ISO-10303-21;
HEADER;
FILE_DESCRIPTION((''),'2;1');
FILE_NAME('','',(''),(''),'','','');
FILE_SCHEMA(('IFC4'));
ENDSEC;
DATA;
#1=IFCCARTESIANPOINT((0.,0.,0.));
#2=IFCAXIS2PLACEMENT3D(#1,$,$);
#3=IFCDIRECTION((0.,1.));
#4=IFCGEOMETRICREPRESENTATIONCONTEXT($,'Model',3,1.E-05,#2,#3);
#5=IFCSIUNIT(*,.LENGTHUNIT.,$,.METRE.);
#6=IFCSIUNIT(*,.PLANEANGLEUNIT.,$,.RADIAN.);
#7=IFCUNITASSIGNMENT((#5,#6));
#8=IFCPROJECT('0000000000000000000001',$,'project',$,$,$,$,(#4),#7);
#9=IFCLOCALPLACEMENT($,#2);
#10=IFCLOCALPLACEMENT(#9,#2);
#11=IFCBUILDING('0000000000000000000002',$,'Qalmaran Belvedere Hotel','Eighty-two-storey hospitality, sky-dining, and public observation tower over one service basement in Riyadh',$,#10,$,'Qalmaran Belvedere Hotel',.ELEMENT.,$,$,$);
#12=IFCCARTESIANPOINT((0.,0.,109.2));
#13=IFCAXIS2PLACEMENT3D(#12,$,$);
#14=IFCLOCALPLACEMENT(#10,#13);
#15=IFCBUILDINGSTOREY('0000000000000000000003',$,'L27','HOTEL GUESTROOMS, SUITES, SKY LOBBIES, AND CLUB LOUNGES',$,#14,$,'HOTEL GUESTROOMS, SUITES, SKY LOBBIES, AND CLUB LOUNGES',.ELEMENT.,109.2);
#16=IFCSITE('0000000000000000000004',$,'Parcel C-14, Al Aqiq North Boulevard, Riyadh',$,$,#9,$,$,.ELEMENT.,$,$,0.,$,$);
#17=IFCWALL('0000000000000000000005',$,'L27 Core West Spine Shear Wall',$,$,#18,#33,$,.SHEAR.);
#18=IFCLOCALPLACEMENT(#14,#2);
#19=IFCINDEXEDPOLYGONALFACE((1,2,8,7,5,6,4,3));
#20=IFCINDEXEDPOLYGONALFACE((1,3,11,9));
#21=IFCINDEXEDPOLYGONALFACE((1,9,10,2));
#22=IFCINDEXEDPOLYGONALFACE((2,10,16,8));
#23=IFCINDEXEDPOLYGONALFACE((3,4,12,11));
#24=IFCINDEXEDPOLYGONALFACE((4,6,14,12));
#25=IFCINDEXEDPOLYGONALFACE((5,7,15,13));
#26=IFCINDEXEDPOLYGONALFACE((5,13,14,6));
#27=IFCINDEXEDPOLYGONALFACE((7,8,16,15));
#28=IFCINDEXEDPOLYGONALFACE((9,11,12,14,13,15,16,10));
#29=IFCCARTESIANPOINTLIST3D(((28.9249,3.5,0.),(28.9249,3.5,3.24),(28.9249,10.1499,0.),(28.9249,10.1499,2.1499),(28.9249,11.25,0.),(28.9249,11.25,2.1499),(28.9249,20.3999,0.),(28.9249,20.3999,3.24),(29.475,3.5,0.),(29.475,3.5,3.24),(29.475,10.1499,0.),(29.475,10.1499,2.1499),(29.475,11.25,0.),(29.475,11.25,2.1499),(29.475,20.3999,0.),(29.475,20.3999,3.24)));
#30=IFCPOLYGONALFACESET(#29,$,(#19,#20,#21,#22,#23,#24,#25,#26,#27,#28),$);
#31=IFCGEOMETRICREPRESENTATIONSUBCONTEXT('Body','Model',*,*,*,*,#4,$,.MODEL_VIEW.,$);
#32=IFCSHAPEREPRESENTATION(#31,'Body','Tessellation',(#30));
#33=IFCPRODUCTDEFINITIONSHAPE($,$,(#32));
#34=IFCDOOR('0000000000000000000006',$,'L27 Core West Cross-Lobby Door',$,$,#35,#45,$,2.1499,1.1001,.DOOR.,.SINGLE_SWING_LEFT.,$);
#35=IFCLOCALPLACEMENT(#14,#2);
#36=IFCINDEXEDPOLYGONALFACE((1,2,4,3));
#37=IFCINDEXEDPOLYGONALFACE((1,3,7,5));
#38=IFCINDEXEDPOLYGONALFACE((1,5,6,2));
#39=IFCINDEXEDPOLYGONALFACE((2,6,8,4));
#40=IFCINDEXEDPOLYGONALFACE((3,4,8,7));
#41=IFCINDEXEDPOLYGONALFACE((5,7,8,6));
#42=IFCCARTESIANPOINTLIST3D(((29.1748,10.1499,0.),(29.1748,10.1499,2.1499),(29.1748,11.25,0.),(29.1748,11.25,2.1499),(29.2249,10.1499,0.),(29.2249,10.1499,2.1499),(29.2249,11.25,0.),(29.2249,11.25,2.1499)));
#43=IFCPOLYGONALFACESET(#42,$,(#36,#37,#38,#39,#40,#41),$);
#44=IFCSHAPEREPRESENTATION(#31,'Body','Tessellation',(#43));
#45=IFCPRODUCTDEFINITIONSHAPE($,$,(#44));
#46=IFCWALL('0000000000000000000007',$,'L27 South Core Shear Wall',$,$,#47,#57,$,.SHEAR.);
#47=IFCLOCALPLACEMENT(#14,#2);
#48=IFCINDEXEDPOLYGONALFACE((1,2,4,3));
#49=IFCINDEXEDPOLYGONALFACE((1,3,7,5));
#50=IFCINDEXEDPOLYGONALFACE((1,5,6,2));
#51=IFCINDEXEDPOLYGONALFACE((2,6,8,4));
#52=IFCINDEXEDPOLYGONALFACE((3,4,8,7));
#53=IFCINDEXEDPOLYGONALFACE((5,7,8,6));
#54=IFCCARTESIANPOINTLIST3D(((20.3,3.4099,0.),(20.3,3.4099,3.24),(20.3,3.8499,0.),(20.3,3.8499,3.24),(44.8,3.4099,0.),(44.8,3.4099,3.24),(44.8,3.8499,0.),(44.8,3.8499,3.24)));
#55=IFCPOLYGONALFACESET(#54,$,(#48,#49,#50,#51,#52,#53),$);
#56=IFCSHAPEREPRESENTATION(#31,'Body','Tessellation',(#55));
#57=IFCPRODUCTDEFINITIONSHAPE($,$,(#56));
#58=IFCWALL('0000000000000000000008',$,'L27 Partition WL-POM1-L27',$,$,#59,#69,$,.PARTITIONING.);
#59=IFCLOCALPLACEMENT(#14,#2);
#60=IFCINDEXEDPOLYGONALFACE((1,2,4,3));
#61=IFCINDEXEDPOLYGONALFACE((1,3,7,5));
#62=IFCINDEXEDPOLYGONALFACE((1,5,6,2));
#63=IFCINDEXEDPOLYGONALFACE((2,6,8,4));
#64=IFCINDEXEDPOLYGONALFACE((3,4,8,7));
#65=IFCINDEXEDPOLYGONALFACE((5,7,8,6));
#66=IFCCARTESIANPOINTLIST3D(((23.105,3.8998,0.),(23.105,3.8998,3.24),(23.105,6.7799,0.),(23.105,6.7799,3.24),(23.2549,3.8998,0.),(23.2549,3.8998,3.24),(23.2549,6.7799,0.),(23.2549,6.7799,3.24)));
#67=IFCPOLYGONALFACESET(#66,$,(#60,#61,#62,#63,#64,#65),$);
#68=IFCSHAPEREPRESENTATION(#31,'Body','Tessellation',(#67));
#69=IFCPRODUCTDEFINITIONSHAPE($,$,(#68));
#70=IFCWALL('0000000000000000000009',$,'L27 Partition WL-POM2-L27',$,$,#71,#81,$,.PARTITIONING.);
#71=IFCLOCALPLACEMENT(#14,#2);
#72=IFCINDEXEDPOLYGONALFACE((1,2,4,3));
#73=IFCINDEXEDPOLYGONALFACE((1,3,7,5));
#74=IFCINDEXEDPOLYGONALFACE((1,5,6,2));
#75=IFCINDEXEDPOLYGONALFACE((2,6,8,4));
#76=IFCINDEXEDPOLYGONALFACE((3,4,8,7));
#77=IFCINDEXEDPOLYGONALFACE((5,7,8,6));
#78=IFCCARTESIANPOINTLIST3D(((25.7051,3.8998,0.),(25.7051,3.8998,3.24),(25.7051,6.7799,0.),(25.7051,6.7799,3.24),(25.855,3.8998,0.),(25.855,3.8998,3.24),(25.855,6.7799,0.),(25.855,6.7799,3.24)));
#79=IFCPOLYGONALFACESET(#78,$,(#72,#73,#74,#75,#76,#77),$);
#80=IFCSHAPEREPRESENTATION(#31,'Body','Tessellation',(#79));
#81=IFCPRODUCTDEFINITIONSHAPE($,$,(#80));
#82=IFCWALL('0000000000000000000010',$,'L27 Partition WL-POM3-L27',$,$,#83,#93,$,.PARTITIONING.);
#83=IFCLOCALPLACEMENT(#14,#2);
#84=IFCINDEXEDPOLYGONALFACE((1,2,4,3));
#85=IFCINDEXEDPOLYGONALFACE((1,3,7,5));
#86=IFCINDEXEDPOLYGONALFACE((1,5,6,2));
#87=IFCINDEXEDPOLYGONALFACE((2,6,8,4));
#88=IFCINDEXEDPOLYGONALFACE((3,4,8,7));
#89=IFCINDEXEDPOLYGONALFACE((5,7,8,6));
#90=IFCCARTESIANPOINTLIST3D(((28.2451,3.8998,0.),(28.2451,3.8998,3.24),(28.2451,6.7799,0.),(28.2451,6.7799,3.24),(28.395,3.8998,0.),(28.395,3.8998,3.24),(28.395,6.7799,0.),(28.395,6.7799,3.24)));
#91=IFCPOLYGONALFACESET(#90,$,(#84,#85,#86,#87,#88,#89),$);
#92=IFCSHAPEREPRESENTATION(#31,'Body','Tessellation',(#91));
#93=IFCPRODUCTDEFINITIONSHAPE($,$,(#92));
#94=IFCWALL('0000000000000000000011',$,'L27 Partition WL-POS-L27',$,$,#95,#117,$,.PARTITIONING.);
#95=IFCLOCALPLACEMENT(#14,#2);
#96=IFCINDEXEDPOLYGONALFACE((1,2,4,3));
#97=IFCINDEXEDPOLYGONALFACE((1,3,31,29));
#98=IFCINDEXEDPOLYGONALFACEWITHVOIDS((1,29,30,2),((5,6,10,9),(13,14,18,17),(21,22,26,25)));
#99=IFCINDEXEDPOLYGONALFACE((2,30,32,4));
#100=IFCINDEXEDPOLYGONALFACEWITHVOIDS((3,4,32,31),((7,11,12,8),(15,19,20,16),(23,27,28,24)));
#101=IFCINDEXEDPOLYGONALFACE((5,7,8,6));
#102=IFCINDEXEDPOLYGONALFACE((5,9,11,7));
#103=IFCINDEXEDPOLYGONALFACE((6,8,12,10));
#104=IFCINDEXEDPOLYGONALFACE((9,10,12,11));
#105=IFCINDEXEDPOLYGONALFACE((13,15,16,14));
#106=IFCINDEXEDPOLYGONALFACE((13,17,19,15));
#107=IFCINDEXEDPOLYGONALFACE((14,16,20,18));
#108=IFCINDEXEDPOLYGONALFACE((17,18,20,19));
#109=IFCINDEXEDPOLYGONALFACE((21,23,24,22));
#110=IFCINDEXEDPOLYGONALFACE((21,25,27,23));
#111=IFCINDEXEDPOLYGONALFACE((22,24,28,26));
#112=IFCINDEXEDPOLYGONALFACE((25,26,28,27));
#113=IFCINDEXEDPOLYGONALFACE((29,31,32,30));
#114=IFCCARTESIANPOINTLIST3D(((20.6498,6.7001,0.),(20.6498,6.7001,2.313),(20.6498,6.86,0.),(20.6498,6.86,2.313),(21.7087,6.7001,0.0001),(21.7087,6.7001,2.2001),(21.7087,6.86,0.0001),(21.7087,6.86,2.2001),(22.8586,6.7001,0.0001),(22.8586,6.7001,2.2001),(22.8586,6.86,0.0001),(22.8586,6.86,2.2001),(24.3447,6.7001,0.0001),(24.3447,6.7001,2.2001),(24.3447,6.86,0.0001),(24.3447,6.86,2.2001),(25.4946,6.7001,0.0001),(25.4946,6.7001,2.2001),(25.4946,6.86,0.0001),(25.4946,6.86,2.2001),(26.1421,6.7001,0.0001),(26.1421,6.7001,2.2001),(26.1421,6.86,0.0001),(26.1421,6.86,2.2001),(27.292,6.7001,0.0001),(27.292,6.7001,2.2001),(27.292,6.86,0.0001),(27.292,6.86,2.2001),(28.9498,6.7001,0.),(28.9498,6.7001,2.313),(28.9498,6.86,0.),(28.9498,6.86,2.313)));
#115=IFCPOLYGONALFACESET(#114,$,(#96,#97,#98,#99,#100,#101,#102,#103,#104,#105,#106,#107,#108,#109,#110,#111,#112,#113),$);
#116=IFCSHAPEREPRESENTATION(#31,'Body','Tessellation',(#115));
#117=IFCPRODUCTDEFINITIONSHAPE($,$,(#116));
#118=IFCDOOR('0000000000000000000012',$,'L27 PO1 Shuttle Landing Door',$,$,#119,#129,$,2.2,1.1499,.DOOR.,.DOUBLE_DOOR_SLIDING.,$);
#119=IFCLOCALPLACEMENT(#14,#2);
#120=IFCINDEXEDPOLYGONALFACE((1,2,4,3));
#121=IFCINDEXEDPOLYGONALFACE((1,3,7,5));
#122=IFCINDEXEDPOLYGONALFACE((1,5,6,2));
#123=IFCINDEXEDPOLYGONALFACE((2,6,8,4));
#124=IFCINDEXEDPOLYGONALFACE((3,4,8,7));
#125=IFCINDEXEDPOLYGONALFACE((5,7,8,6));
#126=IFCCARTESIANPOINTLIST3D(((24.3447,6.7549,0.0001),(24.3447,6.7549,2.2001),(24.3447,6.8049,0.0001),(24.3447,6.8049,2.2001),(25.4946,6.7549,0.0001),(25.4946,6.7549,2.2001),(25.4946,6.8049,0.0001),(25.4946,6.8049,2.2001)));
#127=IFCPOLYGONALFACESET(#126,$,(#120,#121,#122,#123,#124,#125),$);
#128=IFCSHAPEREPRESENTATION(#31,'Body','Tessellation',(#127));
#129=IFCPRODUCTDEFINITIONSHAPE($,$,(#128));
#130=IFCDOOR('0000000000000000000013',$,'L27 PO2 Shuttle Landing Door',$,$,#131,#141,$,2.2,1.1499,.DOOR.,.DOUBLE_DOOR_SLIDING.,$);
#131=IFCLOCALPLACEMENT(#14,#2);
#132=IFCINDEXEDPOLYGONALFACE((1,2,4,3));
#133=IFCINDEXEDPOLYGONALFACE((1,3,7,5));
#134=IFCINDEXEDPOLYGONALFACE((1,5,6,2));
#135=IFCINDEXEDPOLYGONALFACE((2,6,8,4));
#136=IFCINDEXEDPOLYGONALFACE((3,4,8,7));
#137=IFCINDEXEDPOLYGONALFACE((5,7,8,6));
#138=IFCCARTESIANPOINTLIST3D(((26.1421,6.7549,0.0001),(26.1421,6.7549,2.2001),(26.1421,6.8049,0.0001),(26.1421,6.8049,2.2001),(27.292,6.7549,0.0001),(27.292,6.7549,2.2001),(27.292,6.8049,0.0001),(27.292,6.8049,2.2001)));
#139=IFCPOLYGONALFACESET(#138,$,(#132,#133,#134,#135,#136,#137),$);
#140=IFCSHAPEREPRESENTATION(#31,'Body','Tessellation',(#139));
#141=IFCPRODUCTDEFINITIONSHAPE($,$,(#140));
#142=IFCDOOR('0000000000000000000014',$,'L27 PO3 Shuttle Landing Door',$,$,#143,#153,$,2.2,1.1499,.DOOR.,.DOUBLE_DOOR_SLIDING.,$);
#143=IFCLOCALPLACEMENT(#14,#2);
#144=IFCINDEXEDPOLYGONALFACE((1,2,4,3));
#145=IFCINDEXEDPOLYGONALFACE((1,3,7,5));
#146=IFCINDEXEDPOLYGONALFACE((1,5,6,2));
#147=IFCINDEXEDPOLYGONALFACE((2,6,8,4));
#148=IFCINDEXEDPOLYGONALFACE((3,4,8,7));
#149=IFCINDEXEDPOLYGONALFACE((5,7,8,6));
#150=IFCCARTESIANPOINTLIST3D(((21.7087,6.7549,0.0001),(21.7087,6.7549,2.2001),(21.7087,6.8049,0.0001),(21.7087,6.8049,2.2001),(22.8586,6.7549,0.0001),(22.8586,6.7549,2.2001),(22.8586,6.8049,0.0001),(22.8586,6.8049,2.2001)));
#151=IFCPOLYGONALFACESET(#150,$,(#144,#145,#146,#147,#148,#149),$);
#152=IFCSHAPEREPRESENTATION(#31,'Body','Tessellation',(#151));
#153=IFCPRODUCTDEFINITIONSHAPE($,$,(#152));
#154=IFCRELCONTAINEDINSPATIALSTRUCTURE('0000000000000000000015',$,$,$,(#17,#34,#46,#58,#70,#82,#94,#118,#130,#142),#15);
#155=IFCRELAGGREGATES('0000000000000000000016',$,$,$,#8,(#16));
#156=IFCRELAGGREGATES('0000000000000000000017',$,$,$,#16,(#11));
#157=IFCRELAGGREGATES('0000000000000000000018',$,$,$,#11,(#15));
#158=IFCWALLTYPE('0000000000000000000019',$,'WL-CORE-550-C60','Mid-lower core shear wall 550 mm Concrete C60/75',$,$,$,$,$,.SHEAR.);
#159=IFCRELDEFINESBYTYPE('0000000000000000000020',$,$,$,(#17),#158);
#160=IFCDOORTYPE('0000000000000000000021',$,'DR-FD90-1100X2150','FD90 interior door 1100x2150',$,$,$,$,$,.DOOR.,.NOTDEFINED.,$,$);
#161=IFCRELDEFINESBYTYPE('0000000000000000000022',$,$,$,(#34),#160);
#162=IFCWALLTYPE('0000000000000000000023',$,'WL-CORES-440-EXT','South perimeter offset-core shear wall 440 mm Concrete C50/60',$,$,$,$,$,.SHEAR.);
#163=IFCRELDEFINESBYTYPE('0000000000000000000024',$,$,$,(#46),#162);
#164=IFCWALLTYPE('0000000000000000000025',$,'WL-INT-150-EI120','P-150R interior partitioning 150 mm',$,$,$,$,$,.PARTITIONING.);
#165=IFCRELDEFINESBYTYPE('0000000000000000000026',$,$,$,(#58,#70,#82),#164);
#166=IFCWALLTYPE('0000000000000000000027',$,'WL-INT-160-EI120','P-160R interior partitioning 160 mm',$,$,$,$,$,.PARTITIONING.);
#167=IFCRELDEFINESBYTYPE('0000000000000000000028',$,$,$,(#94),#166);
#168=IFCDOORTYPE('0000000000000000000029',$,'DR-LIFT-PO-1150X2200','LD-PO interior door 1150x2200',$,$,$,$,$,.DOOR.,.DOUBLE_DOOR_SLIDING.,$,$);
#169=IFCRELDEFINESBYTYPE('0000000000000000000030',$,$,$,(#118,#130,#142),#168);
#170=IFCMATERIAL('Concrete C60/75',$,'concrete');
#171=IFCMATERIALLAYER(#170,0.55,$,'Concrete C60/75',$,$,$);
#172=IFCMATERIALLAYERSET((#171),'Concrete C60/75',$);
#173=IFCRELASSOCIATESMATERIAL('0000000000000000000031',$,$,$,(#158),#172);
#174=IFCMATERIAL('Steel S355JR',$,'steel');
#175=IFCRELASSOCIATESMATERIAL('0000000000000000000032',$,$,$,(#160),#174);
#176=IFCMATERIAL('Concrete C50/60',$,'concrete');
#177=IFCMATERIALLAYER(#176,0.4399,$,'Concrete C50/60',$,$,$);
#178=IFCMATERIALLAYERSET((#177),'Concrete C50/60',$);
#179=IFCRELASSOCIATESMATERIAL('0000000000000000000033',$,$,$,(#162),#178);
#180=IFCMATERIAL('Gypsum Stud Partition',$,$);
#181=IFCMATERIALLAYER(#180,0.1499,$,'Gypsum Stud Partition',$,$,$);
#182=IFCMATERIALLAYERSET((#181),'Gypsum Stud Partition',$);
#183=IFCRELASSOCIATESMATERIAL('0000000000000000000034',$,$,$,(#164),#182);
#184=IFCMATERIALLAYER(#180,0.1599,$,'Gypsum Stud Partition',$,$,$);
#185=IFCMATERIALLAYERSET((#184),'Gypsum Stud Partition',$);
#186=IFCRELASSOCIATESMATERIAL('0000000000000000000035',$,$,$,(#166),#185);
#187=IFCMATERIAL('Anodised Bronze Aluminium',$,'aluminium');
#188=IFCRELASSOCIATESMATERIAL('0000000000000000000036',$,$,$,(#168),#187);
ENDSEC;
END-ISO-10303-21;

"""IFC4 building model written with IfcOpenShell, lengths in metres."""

from ifc_helpers import new_model, si_unit, direction, frame, frame_2d, origin, place, context, subcontext, project, spatial, rectangle, extrude, material, layer, layer_set, type_object, element, fill, save


model = new_model("IFC4")

# Units and contexts
model_context = context("Model", 3, precision=1e-05, world=origin(), true_north=direction((0.0, 1.0)))
body_context = subcontext(model_context, "Body", "Model", "MODEL_VIEW")
ifc_project = project(units=[si_unit("LENGTHUNIT", "METRE"), si_unit("PLANEANGLEUNIT", "RADIAN")], contexts=[model_context])

# Site, building, storey
site_placement = place(None, origin())
site = spatial("IfcSite", under=ifc_project, at=site_placement, Name="Parcel C-14, Al Aqiq North Boulevard, Riyadh", CompositionType="ELEMENT", RefElevation=0.0)
building_placement = place(site_placement, origin())
building = spatial("IfcBuilding", under=site, at=building_placement, Name="Qalmaran Belvedere Hotel", Description="Eighty-two-storey hospitality, sky-dining, and public observation tower over one service basement in Riyadh", LongName="Qalmaran Belvedere Hotel", CompositionType="ELEMENT")
storey_placement = place(building_placement, frame((0.0, 0.0, 109.2)))
storey = spatial("IfcBuildingStorey", under=building, at=storey_placement, Name="L27", Description="HOTEL GUESTROOMS, SUITES, SKY LOBBIES, AND CLUB LOUNGES", LongName="HOTEL GUESTROOMS, SUITES, SKY LOBBIES, AND CLUB LOUNGES", CompositionType="ELEMENT", Elevation=109.2)

# Shared definitions
ifc_material_1 = material(Name="Concrete C60/75", Category="concrete")

# Shared definitions
ifc_material_2 = material(Name="Steel S355JR", Category="steel")

# Shared definitions
ifc_material_3 = material(Name="Anodised Bronze Aluminium", Category="aluminium")

# Shared definitions
ifc_layer_1 = layer(ifc_material_1, 0.55, Name="Concrete C60/75")
ifc_layer_set_1 = layer_set([ifc_layer_1], Name="Concrete C60/75")
wall_type_1 = type_object("IfcWallType", Name="WL-CORE-550-C60", Description="Mid-lower core shear wall 550 mm Concrete C60/75", PredefinedType="SHEAR", material=ifc_layer_set_1)

# Wall, opening, door
wall_1_placement = place(storey_placement, frame((29.2, 3.5, 0.0), z_axis=(0.0, 0.0, 1.0), x_axis=(0.0, 1.0, 0.0)))
wall_1 = element("IfcWall", 1, at=wall_1_placement, inside=storey, type_object=wall_type_1, Name="L27 Core West Spine Shear Wall", PredefinedType="SHEAR", context=body_context, shape_type="SweptSolid", body=[
    extrude(rectangle(XDim=16.8999, YDim=0.55, at=frame_2d((8.45, 0.0))), origin(), (0.0, 0.0, 1.0), 3.24),
])
opening_1_placement = place(wall_1_placement, frame((7.75, 0.0, 0.0), z_axis=(0.0, 0.0, 1.0), x_axis=(-1.0, 0.0, 0.0)))
opening_1 = element("IfcOpeningElement", 2, at=opening_1_placement, cuts=wall_1, PredefinedType="OPENING", context=body_context, shape_type="SweptSolid", body=[
    extrude(rectangle(XDim=1.1001, YDim=2.1499, at=frame_2d((0.55, 1.075))), frame((0.0, 0.2852, 0.0), z_axis=(0.0, -1.0, 0.0), x_axis=(1.0, 0.0, 0.0)), (0.0, 0.0, 1.0), 0.5701),
])
door_type_1 = type_object("IfcDoorType", Name="DR-FD90-1100X2150", Description="FD90 interior door 1100x2150", OperationType="NOTDEFINED", PredefinedType="DOOR", material=ifc_material_2)
door_1_placement = place(opening_1_placement, origin())
door_1 = element("IfcDoor", 3, at=door_1_placement, inside=storey, type_object=door_type_1, Name="L27 Core West Cross-Lobby Door", OperationType="SINGLE_SWING_LEFT", OverallHeight=2.1499, OverallWidth=1.1001, PredefinedType="DOOR", context=body_context, shape_type="SweptSolid", body=[
    extrude(rectangle(XDim=1.1001, YDim=2.1499, at=frame_2d((0.55, 1.075))), frame((0.0, 0.0249, 0.0), z_axis=(0.0, -1.0, 0.0), x_axis=(1.0, 0.0, 0.0)), (0.0, 0.0, 1.0), 0.05),
])
fill(opening_1, door_1)

# Walls
ifc_material_4 = material(Name="Concrete C50/60", Category="concrete")
ifc_layer_2 = layer(ifc_material_4, 0.4399, Name="Concrete C50/60")
ifc_layer_set_2 = layer_set([ifc_layer_2], Name="Concrete C50/60")
wall_type_2 = type_object("IfcWallType", Name="WL-CORES-440-EXT", Description="South perimeter offset-core shear wall 440 mm Concrete C50/60", PredefinedType="SHEAR", material=ifc_layer_set_2)
wall_2_placement = place(storey_placement, frame((20.3, 3.6299, 0.0), z_axis=(0.0, 0.0, 1.0), x_axis=(1.0, 0.0, 0.0)))
element("IfcWall", 4, at=wall_2_placement, inside=storey, type_object=wall_type_2, Name="L27 South Core Shear Wall", PredefinedType="SHEAR", context=body_context, shape_type="SweptSolid", body=[
    extrude(rectangle(XDim=24.5, YDim=0.4399, at=frame_2d((12.25, 0.0))), origin(), (0.0, 0.0, 1.0), 3.24),
])
ifc_material_5 = material(Name="Gypsum Stud Partition")
ifc_layer_3 = layer(ifc_material_5, 0.1499, Name="Gypsum Stud Partition")
ifc_layer_set_3 = layer_set([ifc_layer_3], Name="Gypsum Stud Partition")
wall_type_3 = type_object("IfcWallType", Name="WL-INT-150-EI120", Description="P-150R interior partitioning 150 mm", PredefinedType="PARTITIONING", material=ifc_layer_set_3)
for number, where, z_axis, x_axis, name in (
    (5, (23.1799, 3.8999, 0.0), (0.0, 0.0, 1.0), (0.0, 1.0, 0.0), "L27 Partition WL-POM1-L27"),
    (6, (25.78, 3.8999, 0.0), (0.0, 0.0, 1.0), (0.0, 1.0, 0.0), "L27 Partition WL-POM2-L27"),
    (7, (28.3201, 3.8999, 0.0), (0.0, 0.0, 1.0), (0.0, 1.0, 0.0), "L27 Partition WL-POM3-L27"),
):
    element("IfcWall", number, at=place(storey_placement, frame(where, z_axis=z_axis, x_axis=x_axis)), inside=storey, type_object=wall_type_3, Name=name, PredefinedType="PARTITIONING", context=body_context, shape_type="SweptSolid", body=[
        extrude(rectangle(XDim=2.8801, YDim=0.1499, at=frame_2d((1.4399, 0.0))), origin(), (0.0, 0.0, 1.0), 3.24),
    ])

# Wall, openings, doors
ifc_layer_4 = layer(ifc_material_5, 0.1599, Name="Gypsum Stud Partition")
ifc_layer_set_4 = layer_set([ifc_layer_4], Name="Gypsum Stud Partition")
wall_type_4 = type_object("IfcWallType", Name="WL-INT-160-EI120", Description="P-160R interior partitioning 160 mm", PredefinedType="PARTITIONING", material=ifc_layer_set_4)
wall_3_placement = place(storey_placement, frame((20.6499, 6.78, 0.0), z_axis=(0.0, 0.0, 1.0), x_axis=(1.0, 0.0, 0.0)))
wall_3 = element("IfcWall", 8, at=wall_3_placement, inside=storey, type_object=wall_type_4, Name="L27 Partition WL-POS-L27", PredefinedType="PARTITIONING", context=body_context, shape_type="SweptSolid", body=[
    extrude(rectangle(XDim=8.3, YDim=0.1599, at=frame_2d((4.1499, 0.0))), origin(), (0.0, 0.0, 1.0), 2.313),
])
opening_2_placement = place(wall_3_placement, frame((3.6948, 0.0, 0.0)))
opening_2 = element("IfcOpeningElement", 9, at=opening_2_placement, cuts=wall_3, PredefinedType="OPENING", context=body_context, shape_type="SweptSolid", body=[
    extrude(rectangle(XDim=1.1499, YDim=2.2, at=frame_2d((0.575, 1.1001))), frame((0.0, 0.0898, 0.0), z_axis=(0.0, -1.0, 0.0), x_axis=(1.0, 0.0, 0.0)), (0.0, 0.0, 1.0), 0.1799),
])
opening_3_placement = place(wall_3_placement, frame((5.4922, 0.0, 0.0)))
opening_3 = element("IfcOpeningElement", 10, at=opening_3_placement, cuts=wall_3, PredefinedType="OPENING", context=body_context, shape_type="SweptSolid", body=[
    extrude(rectangle(XDim=1.1499, YDim=2.2, at=frame_2d((0.575, 1.1001))), frame((0.0, 0.0898, 0.0), z_axis=(0.0, -1.0, 0.0), x_axis=(1.0, 0.0, 0.0)), (0.0, 0.0, 1.0), 0.1799),
])
opening_4_placement = place(wall_3_placement, frame((1.0588, 0.0, 0.0)))
opening_4 = element("IfcOpeningElement", 11, at=opening_4_placement, cuts=wall_3, PredefinedType="OPENING", context=body_context, shape_type="SweptSolid", body=[
    extrude(rectangle(XDim=1.1499, YDim=2.2, at=frame_2d((0.575, 1.1001))), frame((0.0, 0.0898, 0.0), z_axis=(0.0, -1.0, 0.0), x_axis=(1.0, 0.0, 0.0)), (0.0, 0.0, 1.0), 0.1799),
])
door_type_2 = type_object("IfcDoorType", Name="DR-LIFT-PO-1150X2200", Description="LD-PO interior door 1150x2200", OperationType="DOUBLE_DOOR_SLIDING", PredefinedType="DOOR", material=ifc_material_3)
door_2_placement = place(opening_2_placement, origin())
door_2 = element("IfcDoor", 12, at=door_2_placement, inside=storey, type_object=door_type_2, Name="L27 PO1 Shuttle Landing Door", OperationType="DOUBLE_DOOR_SLIDING", OverallHeight=2.2, OverallWidth=1.1499, PredefinedType="DOOR", context=body_context, shape_type="SweptSolid", body=[
    extrude(rectangle(XDim=1.1499, YDim=2.2, at=frame_2d((0.575, 1.1001))), frame((0.0, 0.0249, 0.0), z_axis=(0.0, -1.0, 0.0), x_axis=(1.0, 0.0, 0.0)), (0.0, 0.0, 1.0), 0.05),
])
fill(opening_2, door_2)
door_3_placement = place(opening_3_placement, origin())
door_3 = element("IfcDoor", 13, at=door_3_placement, inside=storey, type_object=door_type_2, Name="L27 PO2 Shuttle Landing Door", OperationType="DOUBLE_DOOR_SLIDING", OverallHeight=2.2, OverallWidth=1.1499, PredefinedType="DOOR", context=body_context, shape_type="SweptSolid", body=[
    extrude(rectangle(XDim=1.1499, YDim=2.2, at=frame_2d((0.575, 1.1001))), frame((0.0, 0.0249, 0.0), z_axis=(0.0, -1.0, 0.0), x_axis=(1.0, 0.0, 0.0)), (0.0, 0.0, 1.0), 0.05),
])
fill(opening_3, door_3)
door_4_placement = place(opening_4_placement, origin())
door_4 = element("IfcDoor", 14, at=door_4_placement, inside=storey, type_object=door_type_2, Name="L27 PO3 Shuttle Landing Door", OperationType="DOUBLE_DOOR_SLIDING", OverallHeight=2.2, OverallWidth=1.1499, PredefinedType="DOOR", context=body_context, shape_type="SweptSolid", body=[
    extrude(rectangle(XDim=1.1499, YDim=2.2, at=frame_2d((0.575, 1.1001))), frame((0.0, 0.0249, 0.0), z_axis=(0.0, -1.0, 0.0), x_axis=(1.0, 0.0, 0.0)), (0.0, 0.0, 1.0), 0.05),
])
fill(opening_4, door_4)

save(model, "model.ifc")
